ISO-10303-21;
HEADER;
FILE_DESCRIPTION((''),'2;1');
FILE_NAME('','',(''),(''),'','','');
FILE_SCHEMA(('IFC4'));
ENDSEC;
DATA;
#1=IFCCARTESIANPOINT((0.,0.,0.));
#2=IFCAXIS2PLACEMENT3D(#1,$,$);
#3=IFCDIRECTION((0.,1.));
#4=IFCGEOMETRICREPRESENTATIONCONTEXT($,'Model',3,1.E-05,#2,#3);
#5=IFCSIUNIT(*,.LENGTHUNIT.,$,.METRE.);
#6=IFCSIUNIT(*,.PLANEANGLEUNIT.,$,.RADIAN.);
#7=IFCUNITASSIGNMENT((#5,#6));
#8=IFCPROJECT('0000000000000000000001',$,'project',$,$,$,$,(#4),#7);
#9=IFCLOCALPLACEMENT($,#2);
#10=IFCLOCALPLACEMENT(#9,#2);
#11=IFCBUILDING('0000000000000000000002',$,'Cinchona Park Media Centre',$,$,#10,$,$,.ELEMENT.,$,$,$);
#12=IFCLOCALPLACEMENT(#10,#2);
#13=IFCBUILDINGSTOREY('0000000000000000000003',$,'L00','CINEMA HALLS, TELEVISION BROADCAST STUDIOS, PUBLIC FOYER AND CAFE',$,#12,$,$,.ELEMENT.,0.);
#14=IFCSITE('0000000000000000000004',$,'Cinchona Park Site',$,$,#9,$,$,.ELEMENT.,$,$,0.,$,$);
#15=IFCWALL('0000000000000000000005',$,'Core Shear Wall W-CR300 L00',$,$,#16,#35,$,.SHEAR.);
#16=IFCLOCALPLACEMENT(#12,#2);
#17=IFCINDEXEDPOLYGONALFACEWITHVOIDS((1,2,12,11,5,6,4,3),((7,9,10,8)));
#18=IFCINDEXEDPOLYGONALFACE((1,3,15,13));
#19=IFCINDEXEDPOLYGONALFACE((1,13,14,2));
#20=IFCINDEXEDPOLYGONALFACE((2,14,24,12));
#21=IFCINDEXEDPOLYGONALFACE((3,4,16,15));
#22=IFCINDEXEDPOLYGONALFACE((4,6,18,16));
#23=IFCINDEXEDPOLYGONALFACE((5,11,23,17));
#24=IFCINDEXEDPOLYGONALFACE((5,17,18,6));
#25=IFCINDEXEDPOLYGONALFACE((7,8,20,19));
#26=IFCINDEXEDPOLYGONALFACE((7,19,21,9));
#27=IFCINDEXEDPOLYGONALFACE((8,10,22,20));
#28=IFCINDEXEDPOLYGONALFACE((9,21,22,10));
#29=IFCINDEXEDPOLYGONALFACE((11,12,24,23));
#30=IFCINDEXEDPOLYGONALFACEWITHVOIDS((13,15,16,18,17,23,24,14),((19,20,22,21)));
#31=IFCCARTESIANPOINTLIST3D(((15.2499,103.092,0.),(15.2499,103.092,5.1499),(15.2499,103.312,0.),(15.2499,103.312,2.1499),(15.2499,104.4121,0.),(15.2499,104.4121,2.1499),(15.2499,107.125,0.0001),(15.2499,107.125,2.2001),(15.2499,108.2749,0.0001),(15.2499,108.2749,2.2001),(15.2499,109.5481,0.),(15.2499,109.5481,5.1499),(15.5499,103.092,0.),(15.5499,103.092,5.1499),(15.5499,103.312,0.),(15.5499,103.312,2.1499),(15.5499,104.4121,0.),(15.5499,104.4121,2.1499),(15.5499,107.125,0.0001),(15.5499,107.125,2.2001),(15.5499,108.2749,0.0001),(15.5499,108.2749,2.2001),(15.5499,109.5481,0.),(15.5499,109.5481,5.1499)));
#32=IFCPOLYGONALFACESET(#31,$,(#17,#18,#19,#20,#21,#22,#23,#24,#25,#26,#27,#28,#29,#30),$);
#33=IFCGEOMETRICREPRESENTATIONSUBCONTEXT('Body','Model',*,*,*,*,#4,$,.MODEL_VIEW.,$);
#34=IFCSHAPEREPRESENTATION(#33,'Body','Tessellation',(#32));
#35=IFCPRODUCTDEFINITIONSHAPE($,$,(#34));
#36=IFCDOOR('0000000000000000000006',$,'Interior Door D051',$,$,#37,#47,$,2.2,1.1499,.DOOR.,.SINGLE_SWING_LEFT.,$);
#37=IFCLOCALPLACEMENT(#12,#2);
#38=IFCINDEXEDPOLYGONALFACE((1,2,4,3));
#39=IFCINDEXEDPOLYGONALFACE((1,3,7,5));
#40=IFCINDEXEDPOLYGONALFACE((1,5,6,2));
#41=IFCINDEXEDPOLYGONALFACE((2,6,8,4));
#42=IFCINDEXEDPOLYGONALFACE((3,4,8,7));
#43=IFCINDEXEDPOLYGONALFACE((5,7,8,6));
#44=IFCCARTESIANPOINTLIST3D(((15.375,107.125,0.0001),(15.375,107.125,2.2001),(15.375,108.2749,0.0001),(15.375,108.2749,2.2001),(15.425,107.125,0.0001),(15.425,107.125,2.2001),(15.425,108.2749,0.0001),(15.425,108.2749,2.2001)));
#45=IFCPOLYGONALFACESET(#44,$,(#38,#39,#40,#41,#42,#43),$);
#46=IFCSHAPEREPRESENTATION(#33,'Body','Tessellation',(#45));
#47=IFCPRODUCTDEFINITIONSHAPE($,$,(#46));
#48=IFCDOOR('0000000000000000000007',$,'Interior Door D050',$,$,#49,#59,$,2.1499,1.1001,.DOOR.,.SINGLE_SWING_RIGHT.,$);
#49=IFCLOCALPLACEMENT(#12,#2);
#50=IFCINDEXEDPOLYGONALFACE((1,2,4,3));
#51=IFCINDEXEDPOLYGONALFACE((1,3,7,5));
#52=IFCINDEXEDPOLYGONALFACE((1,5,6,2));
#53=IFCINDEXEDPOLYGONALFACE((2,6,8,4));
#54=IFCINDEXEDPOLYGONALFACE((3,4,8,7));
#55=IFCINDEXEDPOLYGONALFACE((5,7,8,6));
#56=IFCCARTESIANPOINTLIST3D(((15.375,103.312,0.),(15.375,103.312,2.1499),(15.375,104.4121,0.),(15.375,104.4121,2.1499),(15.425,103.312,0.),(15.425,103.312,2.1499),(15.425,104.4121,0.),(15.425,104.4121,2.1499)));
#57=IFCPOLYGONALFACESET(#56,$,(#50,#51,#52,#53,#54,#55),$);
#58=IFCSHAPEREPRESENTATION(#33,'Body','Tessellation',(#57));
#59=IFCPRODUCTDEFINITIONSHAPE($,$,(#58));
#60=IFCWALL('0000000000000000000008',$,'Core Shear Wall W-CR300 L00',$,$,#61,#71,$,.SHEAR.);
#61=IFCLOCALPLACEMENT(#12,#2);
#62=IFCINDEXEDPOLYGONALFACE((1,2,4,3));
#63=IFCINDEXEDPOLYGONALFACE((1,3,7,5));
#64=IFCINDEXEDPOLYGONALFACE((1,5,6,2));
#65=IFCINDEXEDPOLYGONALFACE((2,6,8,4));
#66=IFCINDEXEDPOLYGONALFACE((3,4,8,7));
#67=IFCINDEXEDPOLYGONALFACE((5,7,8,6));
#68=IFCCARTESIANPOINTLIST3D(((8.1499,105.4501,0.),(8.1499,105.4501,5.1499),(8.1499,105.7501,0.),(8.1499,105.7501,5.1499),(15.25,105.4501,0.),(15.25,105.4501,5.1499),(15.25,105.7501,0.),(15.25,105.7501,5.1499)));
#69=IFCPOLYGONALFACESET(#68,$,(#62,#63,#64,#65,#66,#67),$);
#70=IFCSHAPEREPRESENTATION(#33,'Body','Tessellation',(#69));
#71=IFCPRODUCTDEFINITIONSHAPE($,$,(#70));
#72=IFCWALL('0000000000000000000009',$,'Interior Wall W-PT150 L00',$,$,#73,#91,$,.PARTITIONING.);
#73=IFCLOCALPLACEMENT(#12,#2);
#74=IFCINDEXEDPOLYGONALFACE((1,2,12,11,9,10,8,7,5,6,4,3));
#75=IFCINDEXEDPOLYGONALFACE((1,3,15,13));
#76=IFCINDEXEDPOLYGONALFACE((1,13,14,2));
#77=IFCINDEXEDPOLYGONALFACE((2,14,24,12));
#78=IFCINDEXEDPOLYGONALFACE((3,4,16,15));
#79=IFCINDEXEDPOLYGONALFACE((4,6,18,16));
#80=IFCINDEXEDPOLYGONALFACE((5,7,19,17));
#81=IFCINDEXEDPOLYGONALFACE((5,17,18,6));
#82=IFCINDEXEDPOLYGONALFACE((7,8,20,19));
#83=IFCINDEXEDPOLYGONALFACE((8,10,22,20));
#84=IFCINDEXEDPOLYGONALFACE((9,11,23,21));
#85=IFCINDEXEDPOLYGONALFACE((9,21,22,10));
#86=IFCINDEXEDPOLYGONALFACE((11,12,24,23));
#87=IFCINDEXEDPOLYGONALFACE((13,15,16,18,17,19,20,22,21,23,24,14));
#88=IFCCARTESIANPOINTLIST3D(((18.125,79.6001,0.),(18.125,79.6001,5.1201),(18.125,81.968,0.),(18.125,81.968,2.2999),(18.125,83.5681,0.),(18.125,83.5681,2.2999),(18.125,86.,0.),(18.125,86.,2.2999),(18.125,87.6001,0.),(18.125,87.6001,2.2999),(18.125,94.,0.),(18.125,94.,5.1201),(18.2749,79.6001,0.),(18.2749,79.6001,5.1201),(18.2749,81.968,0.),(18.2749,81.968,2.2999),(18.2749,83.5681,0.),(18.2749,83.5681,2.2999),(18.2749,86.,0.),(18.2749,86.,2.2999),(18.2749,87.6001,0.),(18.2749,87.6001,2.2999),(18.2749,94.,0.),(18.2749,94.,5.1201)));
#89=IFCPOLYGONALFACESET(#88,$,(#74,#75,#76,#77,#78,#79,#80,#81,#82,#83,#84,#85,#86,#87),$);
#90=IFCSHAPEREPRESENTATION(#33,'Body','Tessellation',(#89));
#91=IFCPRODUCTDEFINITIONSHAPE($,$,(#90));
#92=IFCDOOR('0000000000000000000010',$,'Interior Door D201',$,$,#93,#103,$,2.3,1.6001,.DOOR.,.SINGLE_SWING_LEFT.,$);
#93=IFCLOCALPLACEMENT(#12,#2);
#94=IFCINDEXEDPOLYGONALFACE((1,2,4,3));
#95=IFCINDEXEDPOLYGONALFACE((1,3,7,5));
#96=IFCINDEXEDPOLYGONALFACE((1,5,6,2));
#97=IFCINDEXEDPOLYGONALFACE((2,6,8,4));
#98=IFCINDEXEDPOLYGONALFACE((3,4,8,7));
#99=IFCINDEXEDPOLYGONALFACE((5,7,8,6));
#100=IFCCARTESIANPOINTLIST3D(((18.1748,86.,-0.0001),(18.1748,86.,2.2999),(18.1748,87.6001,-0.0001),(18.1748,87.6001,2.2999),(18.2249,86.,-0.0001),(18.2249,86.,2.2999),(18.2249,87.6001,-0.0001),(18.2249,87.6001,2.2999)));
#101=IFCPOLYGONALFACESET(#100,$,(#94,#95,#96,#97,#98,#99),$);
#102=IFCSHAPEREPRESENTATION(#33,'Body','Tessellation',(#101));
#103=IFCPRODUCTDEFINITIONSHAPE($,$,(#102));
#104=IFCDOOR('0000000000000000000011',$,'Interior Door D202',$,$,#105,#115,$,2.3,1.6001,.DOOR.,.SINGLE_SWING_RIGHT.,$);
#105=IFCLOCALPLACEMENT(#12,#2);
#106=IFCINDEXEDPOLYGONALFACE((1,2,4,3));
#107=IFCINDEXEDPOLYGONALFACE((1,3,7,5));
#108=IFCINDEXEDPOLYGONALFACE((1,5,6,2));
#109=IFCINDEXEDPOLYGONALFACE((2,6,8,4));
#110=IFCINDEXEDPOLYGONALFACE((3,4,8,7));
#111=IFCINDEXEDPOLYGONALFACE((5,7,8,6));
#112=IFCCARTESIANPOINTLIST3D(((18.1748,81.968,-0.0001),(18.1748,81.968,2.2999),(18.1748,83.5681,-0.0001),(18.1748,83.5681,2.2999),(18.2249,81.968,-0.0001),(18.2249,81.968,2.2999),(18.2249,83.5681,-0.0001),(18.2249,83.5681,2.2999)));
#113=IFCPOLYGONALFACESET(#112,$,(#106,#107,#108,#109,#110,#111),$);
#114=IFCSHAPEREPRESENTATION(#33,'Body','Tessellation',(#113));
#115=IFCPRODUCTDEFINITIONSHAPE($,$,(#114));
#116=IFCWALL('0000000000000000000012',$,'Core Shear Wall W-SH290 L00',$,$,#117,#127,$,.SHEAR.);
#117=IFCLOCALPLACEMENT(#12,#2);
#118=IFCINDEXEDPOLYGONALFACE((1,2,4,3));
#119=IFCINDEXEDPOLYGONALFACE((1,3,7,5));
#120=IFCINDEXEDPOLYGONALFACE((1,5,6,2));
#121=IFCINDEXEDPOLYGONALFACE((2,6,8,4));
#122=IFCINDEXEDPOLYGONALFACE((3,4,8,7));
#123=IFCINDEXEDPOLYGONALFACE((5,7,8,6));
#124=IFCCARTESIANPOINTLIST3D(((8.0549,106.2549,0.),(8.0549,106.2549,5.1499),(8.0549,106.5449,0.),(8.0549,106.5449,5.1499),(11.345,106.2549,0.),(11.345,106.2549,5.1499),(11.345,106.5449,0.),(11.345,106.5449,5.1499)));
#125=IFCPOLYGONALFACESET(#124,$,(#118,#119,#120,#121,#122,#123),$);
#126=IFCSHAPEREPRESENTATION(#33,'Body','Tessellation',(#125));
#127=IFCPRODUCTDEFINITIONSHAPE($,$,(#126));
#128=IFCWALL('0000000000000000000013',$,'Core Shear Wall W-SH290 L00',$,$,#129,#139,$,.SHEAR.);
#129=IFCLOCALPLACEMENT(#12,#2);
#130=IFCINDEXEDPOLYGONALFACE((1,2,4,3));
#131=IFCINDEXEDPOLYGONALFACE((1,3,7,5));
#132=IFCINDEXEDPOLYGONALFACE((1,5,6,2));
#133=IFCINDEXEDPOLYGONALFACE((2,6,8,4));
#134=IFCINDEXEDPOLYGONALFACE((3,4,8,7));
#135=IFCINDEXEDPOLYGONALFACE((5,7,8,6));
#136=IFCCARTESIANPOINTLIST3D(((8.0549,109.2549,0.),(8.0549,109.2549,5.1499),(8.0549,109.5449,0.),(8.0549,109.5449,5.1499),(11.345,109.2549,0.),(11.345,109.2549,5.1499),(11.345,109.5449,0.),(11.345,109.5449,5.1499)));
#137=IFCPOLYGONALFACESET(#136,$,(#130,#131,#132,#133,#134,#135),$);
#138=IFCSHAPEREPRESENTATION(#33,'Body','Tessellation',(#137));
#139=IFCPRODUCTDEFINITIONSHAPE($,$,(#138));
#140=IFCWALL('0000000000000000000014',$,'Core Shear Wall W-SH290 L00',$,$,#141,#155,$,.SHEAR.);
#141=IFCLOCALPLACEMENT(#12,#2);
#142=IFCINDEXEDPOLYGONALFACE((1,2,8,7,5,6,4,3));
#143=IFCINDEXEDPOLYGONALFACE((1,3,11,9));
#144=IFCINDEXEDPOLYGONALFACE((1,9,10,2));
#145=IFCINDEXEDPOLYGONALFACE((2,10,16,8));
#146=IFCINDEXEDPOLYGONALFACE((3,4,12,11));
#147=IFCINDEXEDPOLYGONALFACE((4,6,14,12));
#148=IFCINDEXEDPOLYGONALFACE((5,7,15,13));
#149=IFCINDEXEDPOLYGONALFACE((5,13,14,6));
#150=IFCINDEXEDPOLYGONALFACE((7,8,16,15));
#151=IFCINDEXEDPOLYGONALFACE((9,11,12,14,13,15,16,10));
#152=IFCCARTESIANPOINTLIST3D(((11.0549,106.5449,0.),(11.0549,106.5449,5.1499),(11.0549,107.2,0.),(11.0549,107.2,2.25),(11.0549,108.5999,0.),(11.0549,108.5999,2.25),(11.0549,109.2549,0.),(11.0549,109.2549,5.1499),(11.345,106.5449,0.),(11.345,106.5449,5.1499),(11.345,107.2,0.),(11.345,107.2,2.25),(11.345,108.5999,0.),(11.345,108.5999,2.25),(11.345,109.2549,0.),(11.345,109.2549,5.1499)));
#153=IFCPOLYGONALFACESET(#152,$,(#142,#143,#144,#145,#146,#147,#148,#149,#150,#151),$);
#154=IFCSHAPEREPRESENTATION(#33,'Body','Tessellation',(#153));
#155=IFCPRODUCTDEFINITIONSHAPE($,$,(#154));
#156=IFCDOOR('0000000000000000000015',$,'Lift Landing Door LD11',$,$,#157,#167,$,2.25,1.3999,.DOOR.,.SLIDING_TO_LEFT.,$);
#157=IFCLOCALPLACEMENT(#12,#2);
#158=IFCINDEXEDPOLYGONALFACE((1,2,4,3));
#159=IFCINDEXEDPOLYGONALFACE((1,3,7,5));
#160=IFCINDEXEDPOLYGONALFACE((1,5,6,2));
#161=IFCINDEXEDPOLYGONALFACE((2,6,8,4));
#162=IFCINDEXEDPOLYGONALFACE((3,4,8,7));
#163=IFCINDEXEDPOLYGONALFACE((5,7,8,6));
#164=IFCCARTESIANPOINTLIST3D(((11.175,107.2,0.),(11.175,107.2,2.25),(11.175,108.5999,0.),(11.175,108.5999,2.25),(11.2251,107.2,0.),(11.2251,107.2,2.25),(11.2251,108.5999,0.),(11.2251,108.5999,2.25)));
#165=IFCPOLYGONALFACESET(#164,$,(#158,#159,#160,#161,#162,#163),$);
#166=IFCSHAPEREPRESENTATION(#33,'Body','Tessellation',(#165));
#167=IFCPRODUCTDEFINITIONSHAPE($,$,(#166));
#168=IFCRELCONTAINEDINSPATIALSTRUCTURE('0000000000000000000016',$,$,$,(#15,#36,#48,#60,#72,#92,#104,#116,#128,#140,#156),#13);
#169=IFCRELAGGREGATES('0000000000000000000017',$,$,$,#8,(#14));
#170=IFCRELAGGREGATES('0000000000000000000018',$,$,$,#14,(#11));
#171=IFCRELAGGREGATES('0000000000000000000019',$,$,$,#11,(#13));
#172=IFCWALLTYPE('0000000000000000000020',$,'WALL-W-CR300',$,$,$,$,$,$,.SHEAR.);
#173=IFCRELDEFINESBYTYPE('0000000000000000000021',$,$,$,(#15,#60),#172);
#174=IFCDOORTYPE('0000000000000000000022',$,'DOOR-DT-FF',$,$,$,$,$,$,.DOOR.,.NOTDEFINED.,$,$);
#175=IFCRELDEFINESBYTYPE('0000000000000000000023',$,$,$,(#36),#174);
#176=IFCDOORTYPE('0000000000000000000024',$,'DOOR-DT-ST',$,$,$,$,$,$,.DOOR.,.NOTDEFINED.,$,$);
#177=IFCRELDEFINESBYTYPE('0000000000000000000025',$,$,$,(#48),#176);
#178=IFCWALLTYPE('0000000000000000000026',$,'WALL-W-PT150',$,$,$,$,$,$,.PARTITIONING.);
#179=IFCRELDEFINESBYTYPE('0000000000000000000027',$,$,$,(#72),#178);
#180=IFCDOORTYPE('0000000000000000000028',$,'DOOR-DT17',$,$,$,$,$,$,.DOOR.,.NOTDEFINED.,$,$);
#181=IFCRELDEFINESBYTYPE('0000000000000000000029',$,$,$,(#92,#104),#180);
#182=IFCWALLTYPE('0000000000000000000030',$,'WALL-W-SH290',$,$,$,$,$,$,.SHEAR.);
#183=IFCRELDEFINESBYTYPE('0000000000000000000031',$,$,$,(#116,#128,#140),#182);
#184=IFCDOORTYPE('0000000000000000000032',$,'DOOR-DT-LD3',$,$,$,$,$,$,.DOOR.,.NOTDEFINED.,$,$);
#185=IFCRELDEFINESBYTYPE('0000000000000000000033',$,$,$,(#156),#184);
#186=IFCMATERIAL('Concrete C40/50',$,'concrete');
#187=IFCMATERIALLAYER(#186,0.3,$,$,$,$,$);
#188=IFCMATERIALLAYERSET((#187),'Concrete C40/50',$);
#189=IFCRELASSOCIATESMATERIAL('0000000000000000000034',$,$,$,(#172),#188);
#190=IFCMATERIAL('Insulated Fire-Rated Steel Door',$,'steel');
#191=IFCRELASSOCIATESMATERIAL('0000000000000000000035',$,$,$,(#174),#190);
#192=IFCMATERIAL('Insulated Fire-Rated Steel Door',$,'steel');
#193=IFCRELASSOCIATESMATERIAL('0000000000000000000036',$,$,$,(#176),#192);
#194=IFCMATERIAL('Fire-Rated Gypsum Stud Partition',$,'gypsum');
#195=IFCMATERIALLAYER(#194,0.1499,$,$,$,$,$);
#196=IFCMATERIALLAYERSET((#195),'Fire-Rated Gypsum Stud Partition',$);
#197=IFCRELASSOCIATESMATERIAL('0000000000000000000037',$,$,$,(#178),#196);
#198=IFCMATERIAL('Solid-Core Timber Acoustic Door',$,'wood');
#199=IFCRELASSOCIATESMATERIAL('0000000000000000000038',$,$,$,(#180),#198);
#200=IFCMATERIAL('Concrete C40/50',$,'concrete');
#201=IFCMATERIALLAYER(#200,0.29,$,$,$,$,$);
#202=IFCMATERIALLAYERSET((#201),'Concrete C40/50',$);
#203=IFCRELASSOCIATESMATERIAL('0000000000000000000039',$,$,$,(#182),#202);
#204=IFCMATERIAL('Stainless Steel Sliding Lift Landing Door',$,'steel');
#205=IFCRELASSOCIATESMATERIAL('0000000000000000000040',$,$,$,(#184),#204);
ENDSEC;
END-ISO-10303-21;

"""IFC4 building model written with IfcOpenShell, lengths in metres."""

from ifc_helpers import new_model, si_unit, direction, frame, frame_2d, origin, place, context, subcontext, project, spatial, rectangle, extrude, material, layer, layer_set, type_object, element, fill, save


model = new_model("IFC4")

# Units and contexts
model_context = context("Model", 3, precision=1e-05, world=origin(), true_north=direction((0.0, 1.0)))
body_context = subcontext(model_context, "Body", "Model", "MODEL_VIEW")
ifc_project = project(units=[si_unit("LENGTHUNIT", "METRE"), si_unit("PLANEANGLEUNIT", "RADIAN")], contexts=[model_context])

# Site, building, storey
site_placement = place(None, origin())
site = spatial("IfcSite", under=ifc_project, at=site_placement, Name="Cinchona Park Site", CompositionType="ELEMENT", RefElevation=0.0)
building_placement = place(site_placement, origin())
building = spatial("IfcBuilding", under=site, at=building_placement, Name="Cinchona Park Media Centre", CompositionType="ELEMENT")
storey_placement = place(building_placement, origin())
storey = spatial("IfcBuildingStorey", under=building, at=storey_placement, Name="L00", Description="CINEMA HALLS, TELEVISION BROADCAST STUDIOS, PUBLIC FOYER AND CAFE", CompositionType="ELEMENT", Elevation=0.0)

# Wall, openings, doors
ifc_material_1 = material(Name="Concrete C40/50", Category="concrete")
ifc_layer_1 = layer(ifc_material_1, 0.3)
ifc_layer_set_1 = layer_set([ifc_layer_1], Name="Concrete C40/50")
wall_type_1 = type_object("IfcWallType", Name="WALL-W-CR300", PredefinedType="SHEAR", material=ifc_layer_set_1)
wall_1_placement = place(storey_placement, frame((15.3999, 103.092, 0.0), z_axis=(0.0, 0.0, 1.0), x_axis=(0.0, 1.0, 0.0)))
wall_1 = element("IfcWall", 1, at=wall_1_placement, inside=storey, type_object=wall_type_1, Name="Core Shear Wall W-CR300 L00", PredefinedType="SHEAR", context=body_context, shape_type="SweptSolid", body=[
    extrude(rectangle(XDim=6.4561, YDim=0.3, at=frame_2d((3.228, 0.0))), origin(), (0.0, 0.0, 1.0), 5.1499),
])
opening_1_placement = place(wall_1_placement, frame((0.22, 0.0, 0.0)))
opening_1 = element("IfcOpeningElement", 2, at=opening_1_placement, cuts=wall_1, PredefinedType="OPENING", context=body_context, shape_type="SweptSolid", body=[
    extrude(rectangle(XDim=1.1001, YDim=2.1499, at=frame_2d((0.55, 1.075))), frame((0.0, 0.1599, 0.0), z_axis=(0.0, -1.0, 0.0), x_axis=(1.0, 0.0, 0.0)), (0.0, 0.0, 1.0), 0.3201),
])
opening_2_placement = place(wall_1_placement, frame((4.033, 0.0, 0.0)))
opening_2 = element("IfcOpeningElement", 3, at=opening_2_placement, cuts=wall_1, PredefinedType="OPENING", context=body_context, shape_type="SweptSolid", body=[
    extrude(rectangle(XDim=1.1499, YDim=2.2, at=frame_2d((0.575, 1.1001))), frame((0.0, 0.1599, 0.0), z_axis=(0.0, -1.0, 0.0), x_axis=(1.0, 0.0, 0.0)), (0.0, 0.0, 1.0), 0.3201),
])
ifc_material_2 = material(Name="Insulated Fire-Rated Steel Door", Category="steel")
door_type_1 = type_object("IfcDoorType", Name="DOOR-DT-FF", OperationType="NOTDEFINED", PredefinedType="DOOR", material=ifc_material_2)
door_1_placement = place(opening_2_placement, origin())
door_1 = element("IfcDoor", 4, at=door_1_placement, inside=storey, type_object=door_type_1, Name="Interior Door D051", OperationType="SINGLE_SWING_LEFT", OverallHeight=2.2, OverallWidth=1.1499, PredefinedType="DOOR", context=body_context, shape_type="SweptSolid", body=[
    extrude(rectangle(XDim=1.1499, YDim=2.2, at=frame_2d((0.575, 1.1001))), frame((0.0, 0.0249, 0.0), z_axis=(0.0, -1.0, 0.0), x_axis=(1.0, 0.0, 0.0)), (0.0, 0.0, 1.0), 0.05),
])
fill(opening_2, door_1)
ifc_material_3 = material(Name="Insulated Fire-Rated Steel Door", Category="steel")
door_type_2 = type_object("IfcDoorType", Name="DOOR-DT-ST", OperationType="NOTDEFINED", PredefinedType="DOOR", material=ifc_material_3)
door_2_placement = place(opening_1_placement, origin())
door_2 = element("IfcDoor", 5, at=door_2_placement, inside=storey, type_object=door_type_2, Name="Interior Door D050", OperationType="SINGLE_SWING_RIGHT", OverallHeight=2.1499, OverallWidth=1.1001, PredefinedType="DOOR", context=body_context, shape_type="SweptSolid", body=[
    extrude(rectangle(XDim=1.1001, YDim=2.1499, at=frame_2d((0.55, 1.075))), frame((0.0, 0.0249, 0.0), z_axis=(0.0, -1.0, 0.0), x_axis=(1.0, 0.0, 0.0)), (0.0, 0.0, 1.0), 0.05),
])
fill(opening_1, door_2)

# Wall
wall_2_placement = place(storey_placement, frame((8.1499, 105.6001, 0.0), z_axis=(0.0, 0.0, 1.0), x_axis=(1.0, 0.0, 0.0)))
element("IfcWall", 6, at=wall_2_placement, inside=storey, type_object=wall_type_1, Name="Core Shear Wall W-CR300 L00", PredefinedType="SHEAR", context=body_context, shape_type="SweptSolid", body=[
    extrude(rectangle(XDim=7.1001, YDim=0.3, at=frame_2d((3.55, 0.0))), origin(), (0.0, 0.0, 1.0), 5.1499),
])

# Wall, openings, doors
ifc_material_4 = material(Name="Fire-Rated Gypsum Stud Partition", Category="gypsum")
ifc_layer_2 = layer(ifc_material_4, 0.1499)
ifc_layer_set_2 = layer_set([ifc_layer_2], Name="Fire-Rated Gypsum Stud Partition")
wall_type_2 = type_object("IfcWallType", Name="WALL-W-PT150", PredefinedType="PARTITIONING", material=ifc_layer_set_2)
wall_3_placement = place(storey_placement, frame((18.2, 94.0, 0.0), z_axis=(0.0, 0.0, 1.0), x_axis=(0.0, -1.0, 0.0)))
wall_3 = element("IfcWall", 7, at=wall_3_placement, inside=storey, type_object=wall_type_2, Name="Interior Wall W-PT150 L00", PredefinedType="PARTITIONING", context=body_context, shape_type="SweptSolid", body=[
    extrude(rectangle(XDim=14.3999, YDim=0.1499, at=frame_2d((7.2, 0.0))), origin(), (0.0, 0.0, 1.0), 5.1201),
])
opening_3_placement = place(wall_3_placement, frame((6.3999, 0.0, 0.0)))
opening_3 = element("IfcOpeningElement", 8, at=opening_3_placement, cuts=wall_3, PredefinedType="OPENING", context=body_context, shape_type="SweptSolid", body=[
    extrude(rectangle(XDim=1.6001, YDim=2.3, at=frame_2d((0.8, 1.1499))), frame((0.0, 0.085, 0.0), z_axis=(0.0, -1.0, 0.0), x_axis=(1.0, 0.0, 0.0)), (0.0, 0.0, 1.0), 0.1699),
])
opening_4_placement = place(wall_3_placement, frame((10.4319, 0.0, 0.0)))
opening_4 = element("IfcOpeningElement", 9, at=opening_4_placement, cuts=wall_3, PredefinedType="OPENING", context=body_context, shape_type="SweptSolid", body=[
    extrude(rectangle(XDim=1.6001, YDim=2.3, at=frame_2d((0.8, 1.1499))), frame((0.0, 0.085, 0.0), z_axis=(0.0, -1.0, 0.0), x_axis=(1.0, 0.0, 0.0)), (0.0, 0.0, 1.0), 0.1699),
])
ifc_material_5 = material(Name="Solid-Core Timber Acoustic Door", Category="wood")
door_type_3 = type_object("IfcDoorType", Name="DOOR-DT17", OperationType="NOTDEFINED", PredefinedType="DOOR", material=ifc_material_5)
door_3_placement = place(opening_3_placement, origin())
door_3 = element("IfcDoor", 10, at=door_3_placement, inside=storey, type_object=door_type_3, Name="Interior Door D201", OperationType="SINGLE_SWING_LEFT", OverallHeight=2.3, OverallWidth=1.6001, PredefinedType="DOOR", context=body_context, shape_type="SweptSolid", body=[
    extrude(rectangle(XDim=1.6001, YDim=2.3, at=frame_2d((0.8, 1.1499))), frame((0.0, 0.0249, 0.0), z_axis=(0.0, -1.0, 0.0), x_axis=(1.0, 0.0, 0.0)), (0.0, 0.0, 1.0), 0.05),
])
fill(opening_3, door_3)
door_4_placement = place(opening_4_placement, origin())
door_4 = element("IfcDoor", 11, at=door_4_placement, inside=storey, type_object=door_type_3, Name="Interior Door D202", OperationType="SINGLE_SWING_RIGHT", OverallHeight=2.3, OverallWidth=1.6001, PredefinedType="DOOR", context=body_context, shape_type="SweptSolid", body=[
    extrude(rectangle(XDim=1.6001, YDim=2.3, at=frame_2d((0.8, 1.1499))), frame((0.0, 0.0249, 0.0), z_axis=(0.0, -1.0, 0.0), x_axis=(1.0, 0.0, 0.0)), (0.0, 0.0, 1.0), 0.05),
])
fill(opening_4, door_4)

# Walls
ifc_material_6 = material(Name="Concrete C40/50", Category="concrete")
ifc_layer_3 = layer(ifc_material_6, 0.29)
ifc_layer_set_3 = layer_set([ifc_layer_3], Name="Concrete C40/50")
wall_type_3 = type_object("IfcWallType", Name="WALL-W-SH290", PredefinedType="SHEAR", material=ifc_layer_set_3)
for number, where, z_axis, x_axis, name in (
    (12, (8.0549, 106.3999, 0.0), (0.0, 0.0, 1.0), (1.0, 0.0, 0.0), "Core Shear Wall W-SH290 L00"),
    (13, (8.0549, 109.3999, 0.0), (0.0, 0.0, 1.0), (1.0, 0.0, 0.0), "Core Shear Wall W-SH290 L00"),
):
    element("IfcWall", number, at=place(storey_placement, frame(where, z_axis=z_axis, x_axis=x_axis)), inside=storey, type_object=wall_type_3, Name=name, PredefinedType="SHEAR", context=body_context, shape_type="SweptSolid", body=[
        extrude(rectangle(XDim=3.29, YDim=0.29, at=frame_2d((1.645, 0.0))), origin(), (0.0, 0.0, 1.0), 5.1499),
    ])

# Wall, opening, door
wall_4_placement = place(storey_placement, frame((11.2, 106.5449, 0.0), z_axis=(0.0, 0.0, 1.0), x_axis=(0.0, 1.0, 0.0)))
wall_4 = element("IfcWall", 14, at=wall_4_placement, inside=storey, type_object=wall_type_3, Name="Core Shear Wall W-SH290 L00", PredefinedType="SHEAR", context=body_context, shape_type="SweptSolid", body=[
    extrude(rectangle(XDim=2.71, YDim=0.29, at=frame_2d((1.355, 0.0))), origin(), (0.0, 0.0, 1.0), 5.1499),
])
opening_5_placement = place(wall_4_placement, frame((0.655, 0.0, 0.0)))
opening_5 = element("IfcOpeningElement", 15, at=opening_5_placement, cuts=wall_4, PredefinedType="OPENING", context=body_context, shape_type="SweptSolid", body=[
    extrude(rectangle(XDim=1.3999, YDim=2.25, at=frame_2d((0.7, 1.125))), frame((0.0, 0.155, 0.0), z_axis=(0.0, -1.0, 0.0), x_axis=(1.0, 0.0, 0.0)), (0.0, 0.0, 1.0), 0.3101),
])
ifc_material_7 = material(Name="Stainless Steel Sliding Lift Landing Door", Category="steel")
door_type_4 = type_object("IfcDoorType", Name="DOOR-DT-LD3", OperationType="NOTDEFINED", PredefinedType="DOOR", material=ifc_material_7)
door_5_placement = place(opening_5_placement, origin())
door_5 = element("IfcDoor", 16, at=door_5_placement, inside=storey, type_object=door_type_4, Name="Lift Landing Door LD11", OperationType="SLIDING_TO_LEFT", OverallHeight=2.25, OverallWidth=1.3999, PredefinedType="DOOR", context=body_context, shape_type="SweptSolid", body=[
    extrude(rectangle(XDim=1.3999, YDim=2.25, at=frame_2d((0.7, 1.125))), frame((0.0, 0.0249, 0.0), z_axis=(0.0, -1.0, 0.0), x_axis=(1.0, 0.0, 0.0)), (0.0, 0.0, 1.0), 0.05),
])
fill(opening_5, door_5)

save(model, "model.ifc")
